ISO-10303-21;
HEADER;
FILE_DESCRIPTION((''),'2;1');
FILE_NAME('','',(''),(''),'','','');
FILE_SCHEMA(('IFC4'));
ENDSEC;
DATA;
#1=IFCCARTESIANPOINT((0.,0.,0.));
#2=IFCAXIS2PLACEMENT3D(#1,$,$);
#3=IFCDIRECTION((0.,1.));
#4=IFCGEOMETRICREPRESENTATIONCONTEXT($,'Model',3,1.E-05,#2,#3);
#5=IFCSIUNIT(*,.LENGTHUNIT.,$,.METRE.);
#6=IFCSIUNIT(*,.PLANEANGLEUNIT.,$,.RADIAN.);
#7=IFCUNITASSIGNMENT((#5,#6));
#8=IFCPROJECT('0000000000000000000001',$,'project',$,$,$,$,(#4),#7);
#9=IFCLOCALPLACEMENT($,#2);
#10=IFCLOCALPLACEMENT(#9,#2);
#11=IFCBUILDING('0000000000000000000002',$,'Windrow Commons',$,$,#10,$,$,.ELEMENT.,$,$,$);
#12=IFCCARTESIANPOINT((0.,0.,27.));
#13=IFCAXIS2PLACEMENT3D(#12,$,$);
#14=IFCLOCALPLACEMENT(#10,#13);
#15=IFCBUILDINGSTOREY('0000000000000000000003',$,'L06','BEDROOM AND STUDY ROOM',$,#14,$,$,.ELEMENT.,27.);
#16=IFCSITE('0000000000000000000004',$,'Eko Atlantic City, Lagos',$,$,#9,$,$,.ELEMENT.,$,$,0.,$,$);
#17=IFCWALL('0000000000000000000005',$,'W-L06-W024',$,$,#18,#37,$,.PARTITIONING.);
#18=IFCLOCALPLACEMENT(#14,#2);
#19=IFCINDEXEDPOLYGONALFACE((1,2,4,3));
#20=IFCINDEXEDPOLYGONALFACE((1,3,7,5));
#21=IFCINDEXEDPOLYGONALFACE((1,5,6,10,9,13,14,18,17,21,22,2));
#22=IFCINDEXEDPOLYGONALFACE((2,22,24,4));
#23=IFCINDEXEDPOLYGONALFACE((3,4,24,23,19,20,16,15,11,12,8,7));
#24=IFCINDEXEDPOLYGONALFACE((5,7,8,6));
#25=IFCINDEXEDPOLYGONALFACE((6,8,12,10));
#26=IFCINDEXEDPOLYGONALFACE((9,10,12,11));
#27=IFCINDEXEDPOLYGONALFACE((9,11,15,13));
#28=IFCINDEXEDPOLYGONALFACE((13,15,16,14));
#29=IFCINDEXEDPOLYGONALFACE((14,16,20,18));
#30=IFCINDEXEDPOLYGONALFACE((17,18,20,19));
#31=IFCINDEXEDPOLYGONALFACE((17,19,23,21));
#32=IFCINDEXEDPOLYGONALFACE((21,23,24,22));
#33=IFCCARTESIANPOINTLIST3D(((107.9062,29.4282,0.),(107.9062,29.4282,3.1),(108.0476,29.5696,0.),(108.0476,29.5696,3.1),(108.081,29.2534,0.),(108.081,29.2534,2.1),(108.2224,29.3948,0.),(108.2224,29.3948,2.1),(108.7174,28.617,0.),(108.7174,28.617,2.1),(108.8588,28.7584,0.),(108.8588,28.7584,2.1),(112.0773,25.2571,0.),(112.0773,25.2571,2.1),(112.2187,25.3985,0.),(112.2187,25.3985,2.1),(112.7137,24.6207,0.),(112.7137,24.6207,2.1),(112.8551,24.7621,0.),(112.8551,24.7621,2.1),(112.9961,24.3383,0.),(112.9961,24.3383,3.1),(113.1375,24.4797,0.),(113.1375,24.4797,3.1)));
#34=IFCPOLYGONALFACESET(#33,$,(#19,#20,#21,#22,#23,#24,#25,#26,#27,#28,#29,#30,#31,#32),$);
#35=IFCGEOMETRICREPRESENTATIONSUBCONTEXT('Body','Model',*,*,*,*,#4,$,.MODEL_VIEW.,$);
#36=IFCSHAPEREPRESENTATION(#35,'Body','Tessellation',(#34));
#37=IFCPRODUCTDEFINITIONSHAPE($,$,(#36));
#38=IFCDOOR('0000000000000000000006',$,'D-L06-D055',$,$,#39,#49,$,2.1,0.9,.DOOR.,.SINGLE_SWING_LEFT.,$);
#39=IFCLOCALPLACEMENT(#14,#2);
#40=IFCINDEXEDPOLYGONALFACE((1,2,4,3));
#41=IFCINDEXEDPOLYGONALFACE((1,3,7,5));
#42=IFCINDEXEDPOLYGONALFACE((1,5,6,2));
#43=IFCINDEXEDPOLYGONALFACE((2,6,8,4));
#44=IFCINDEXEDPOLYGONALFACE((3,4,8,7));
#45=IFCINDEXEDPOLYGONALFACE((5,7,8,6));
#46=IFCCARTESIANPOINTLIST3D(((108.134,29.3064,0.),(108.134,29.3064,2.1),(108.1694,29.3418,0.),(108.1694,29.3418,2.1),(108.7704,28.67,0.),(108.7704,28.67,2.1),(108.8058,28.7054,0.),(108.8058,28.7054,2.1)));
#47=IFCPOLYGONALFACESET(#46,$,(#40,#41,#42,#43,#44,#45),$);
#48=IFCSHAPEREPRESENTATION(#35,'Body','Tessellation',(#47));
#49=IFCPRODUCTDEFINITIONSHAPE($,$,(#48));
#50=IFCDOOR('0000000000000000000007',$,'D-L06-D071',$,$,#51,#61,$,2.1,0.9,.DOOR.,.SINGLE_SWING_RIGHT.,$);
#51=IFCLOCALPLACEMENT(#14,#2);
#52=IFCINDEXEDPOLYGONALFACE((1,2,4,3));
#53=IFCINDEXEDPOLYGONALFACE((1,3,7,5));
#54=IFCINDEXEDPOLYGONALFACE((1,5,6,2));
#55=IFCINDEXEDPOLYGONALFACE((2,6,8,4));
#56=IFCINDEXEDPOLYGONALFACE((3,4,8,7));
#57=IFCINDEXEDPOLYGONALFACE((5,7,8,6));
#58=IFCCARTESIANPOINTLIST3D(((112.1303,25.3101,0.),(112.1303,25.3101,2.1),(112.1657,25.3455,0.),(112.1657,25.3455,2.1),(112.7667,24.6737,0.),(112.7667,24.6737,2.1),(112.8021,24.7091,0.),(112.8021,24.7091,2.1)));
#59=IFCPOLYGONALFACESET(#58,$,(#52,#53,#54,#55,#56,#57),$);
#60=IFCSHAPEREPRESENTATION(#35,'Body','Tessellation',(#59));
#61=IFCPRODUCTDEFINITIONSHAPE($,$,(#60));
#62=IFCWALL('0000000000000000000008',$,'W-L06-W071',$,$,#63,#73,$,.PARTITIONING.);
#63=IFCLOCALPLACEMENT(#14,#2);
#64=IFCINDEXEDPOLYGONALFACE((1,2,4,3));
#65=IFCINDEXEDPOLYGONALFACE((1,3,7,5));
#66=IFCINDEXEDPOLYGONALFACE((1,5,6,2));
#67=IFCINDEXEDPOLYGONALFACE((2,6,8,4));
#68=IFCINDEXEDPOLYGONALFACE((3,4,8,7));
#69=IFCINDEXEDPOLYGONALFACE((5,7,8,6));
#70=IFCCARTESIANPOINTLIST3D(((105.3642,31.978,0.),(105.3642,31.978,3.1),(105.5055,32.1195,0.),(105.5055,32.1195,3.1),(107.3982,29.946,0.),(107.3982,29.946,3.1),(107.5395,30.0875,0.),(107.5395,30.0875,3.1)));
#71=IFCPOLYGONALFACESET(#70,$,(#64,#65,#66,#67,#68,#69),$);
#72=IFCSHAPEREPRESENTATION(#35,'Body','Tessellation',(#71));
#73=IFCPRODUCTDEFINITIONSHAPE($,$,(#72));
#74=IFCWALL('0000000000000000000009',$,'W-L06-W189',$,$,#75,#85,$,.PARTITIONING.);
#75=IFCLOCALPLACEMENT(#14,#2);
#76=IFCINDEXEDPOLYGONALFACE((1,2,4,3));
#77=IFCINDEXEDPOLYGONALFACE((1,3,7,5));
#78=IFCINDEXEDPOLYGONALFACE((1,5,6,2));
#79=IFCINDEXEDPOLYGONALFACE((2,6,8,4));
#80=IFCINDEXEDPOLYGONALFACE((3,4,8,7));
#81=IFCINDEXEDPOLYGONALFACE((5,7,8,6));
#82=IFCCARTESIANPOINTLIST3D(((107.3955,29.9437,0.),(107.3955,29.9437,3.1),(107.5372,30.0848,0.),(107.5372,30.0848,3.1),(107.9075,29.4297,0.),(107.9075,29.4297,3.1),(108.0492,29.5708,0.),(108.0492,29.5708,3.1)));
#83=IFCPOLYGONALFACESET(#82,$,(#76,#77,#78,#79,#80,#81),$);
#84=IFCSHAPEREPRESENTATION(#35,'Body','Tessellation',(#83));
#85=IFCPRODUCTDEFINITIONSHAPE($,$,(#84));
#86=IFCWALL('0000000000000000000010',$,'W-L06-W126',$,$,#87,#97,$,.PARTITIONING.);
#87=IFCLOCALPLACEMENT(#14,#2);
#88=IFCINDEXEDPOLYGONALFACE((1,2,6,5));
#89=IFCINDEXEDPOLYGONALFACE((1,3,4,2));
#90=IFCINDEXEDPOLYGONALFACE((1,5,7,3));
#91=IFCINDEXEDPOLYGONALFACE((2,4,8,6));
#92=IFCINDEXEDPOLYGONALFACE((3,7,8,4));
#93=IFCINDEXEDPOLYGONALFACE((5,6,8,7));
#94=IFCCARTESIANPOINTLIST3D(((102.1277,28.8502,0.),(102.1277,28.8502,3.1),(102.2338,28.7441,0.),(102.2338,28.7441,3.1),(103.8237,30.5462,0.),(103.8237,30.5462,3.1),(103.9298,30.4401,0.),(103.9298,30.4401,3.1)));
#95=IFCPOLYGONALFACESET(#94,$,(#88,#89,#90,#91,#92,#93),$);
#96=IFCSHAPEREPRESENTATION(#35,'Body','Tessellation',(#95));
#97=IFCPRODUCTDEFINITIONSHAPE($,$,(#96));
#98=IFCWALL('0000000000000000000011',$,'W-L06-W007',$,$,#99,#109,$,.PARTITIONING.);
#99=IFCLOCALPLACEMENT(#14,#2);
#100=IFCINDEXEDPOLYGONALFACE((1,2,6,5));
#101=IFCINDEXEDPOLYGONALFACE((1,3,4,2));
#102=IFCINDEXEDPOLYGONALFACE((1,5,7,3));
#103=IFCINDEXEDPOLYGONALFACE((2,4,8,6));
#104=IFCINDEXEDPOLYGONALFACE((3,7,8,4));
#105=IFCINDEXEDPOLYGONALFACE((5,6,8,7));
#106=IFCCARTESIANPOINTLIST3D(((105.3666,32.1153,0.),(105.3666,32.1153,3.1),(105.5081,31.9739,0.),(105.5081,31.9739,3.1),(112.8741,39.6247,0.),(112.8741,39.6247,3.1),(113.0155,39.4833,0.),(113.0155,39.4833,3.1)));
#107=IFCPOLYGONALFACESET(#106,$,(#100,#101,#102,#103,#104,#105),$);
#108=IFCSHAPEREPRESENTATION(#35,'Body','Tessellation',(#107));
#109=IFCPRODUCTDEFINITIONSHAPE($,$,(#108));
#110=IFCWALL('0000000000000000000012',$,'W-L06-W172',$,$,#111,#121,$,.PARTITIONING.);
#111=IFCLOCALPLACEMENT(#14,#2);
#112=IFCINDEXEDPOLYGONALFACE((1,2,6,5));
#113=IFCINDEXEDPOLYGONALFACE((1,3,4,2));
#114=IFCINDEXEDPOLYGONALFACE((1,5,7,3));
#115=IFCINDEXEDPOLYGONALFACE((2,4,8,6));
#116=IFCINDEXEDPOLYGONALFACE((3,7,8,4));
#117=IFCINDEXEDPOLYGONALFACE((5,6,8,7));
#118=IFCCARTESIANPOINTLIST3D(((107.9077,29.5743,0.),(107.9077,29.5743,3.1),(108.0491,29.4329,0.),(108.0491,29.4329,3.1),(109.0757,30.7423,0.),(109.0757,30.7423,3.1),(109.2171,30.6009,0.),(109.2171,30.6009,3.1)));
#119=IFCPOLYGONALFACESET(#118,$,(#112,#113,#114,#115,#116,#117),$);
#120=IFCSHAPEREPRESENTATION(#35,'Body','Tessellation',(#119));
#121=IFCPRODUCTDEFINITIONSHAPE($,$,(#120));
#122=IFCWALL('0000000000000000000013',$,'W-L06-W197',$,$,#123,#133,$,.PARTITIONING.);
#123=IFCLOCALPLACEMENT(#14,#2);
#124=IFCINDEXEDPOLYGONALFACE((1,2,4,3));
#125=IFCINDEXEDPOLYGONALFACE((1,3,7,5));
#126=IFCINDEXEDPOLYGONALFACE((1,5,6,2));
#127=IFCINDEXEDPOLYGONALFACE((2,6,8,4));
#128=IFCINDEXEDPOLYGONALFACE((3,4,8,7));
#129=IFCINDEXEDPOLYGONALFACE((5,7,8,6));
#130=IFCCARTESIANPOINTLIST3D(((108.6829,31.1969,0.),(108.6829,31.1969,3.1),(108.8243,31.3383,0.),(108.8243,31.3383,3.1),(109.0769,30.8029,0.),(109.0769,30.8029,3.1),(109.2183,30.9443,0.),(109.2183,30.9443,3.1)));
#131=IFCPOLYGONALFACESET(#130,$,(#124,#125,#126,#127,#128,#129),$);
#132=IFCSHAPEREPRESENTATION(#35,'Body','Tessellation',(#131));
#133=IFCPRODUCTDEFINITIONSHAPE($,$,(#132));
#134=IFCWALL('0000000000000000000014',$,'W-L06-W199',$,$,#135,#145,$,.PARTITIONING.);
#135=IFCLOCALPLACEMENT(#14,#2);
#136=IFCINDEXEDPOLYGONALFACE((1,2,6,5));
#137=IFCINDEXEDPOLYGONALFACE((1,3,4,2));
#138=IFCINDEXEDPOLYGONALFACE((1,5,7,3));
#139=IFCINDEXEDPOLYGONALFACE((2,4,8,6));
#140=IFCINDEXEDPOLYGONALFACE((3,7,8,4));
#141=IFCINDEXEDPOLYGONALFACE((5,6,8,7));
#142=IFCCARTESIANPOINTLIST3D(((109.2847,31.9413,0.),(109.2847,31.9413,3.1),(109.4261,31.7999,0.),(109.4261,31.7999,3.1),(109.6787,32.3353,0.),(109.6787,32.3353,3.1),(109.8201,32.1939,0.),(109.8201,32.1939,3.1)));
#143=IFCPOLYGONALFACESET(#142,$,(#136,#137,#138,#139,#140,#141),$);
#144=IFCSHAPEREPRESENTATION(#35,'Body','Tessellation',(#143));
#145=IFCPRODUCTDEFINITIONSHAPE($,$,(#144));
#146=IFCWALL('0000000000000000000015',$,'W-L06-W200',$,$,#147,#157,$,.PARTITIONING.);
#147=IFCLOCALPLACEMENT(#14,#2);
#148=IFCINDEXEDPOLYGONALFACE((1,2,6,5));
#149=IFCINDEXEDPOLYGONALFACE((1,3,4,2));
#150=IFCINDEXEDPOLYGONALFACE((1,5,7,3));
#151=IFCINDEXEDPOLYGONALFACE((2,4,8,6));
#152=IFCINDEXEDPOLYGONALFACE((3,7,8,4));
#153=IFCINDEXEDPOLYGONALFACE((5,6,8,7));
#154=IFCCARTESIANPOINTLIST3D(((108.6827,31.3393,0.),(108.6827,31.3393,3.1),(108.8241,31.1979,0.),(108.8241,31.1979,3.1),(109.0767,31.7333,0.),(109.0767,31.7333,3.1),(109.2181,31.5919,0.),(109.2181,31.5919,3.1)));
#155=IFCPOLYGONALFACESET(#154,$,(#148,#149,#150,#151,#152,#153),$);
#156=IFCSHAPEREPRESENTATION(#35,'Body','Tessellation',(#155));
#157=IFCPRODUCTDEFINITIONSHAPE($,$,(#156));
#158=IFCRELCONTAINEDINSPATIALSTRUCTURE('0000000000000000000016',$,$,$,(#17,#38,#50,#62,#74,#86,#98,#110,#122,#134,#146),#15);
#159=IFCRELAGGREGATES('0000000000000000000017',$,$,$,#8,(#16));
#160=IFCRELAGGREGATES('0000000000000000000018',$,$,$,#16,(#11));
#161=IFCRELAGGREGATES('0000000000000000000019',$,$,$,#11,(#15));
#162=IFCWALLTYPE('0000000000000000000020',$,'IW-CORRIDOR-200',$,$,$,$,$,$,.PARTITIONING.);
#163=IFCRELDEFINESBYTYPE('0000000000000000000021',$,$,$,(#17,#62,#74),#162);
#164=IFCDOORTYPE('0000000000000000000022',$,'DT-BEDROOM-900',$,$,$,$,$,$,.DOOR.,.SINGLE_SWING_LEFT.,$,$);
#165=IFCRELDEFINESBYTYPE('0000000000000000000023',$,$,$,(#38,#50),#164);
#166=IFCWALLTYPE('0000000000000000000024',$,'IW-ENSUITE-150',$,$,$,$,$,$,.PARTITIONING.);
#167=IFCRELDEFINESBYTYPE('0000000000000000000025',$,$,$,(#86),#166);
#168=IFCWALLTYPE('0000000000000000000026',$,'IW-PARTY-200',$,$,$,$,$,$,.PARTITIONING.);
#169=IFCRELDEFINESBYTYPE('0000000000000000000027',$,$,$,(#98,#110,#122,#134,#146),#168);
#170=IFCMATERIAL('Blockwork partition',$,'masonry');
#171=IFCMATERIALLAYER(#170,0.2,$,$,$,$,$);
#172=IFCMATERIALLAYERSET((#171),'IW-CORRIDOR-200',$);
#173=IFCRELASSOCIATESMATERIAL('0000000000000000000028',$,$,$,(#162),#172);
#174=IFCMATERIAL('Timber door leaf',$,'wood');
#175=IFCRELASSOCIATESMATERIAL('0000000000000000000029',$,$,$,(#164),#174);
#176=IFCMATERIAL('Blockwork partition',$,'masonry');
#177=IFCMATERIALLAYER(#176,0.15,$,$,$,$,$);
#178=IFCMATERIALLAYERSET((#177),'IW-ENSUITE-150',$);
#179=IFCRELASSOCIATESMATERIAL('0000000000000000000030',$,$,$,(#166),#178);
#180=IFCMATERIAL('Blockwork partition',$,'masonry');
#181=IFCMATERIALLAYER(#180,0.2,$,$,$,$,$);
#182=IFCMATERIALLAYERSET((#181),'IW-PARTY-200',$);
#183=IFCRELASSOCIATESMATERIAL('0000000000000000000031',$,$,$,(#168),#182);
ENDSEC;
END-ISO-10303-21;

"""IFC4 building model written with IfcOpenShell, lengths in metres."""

from ifc_helpers import new_model, si_unit, direction, frame, frame_2d, origin, place, context, subcontext, project, spatial, rectangle, extrude, material, layer, layer_set, type_object, element, fill, save


model = new_model("IFC4")

# Units and contexts
model_context = context("Model", 3, precision=1e-05, world=origin(), true_north=direction((0.0, 1.0)))
body_context = subcontext(model_context, "Body", "Model", "MODEL_VIEW")
ifc_project = project(units=[si_unit("LENGTHUNIT", "METRE"), si_unit("PLANEANGLEUNIT", "RADIAN")], contexts=[model_context])

# Site, building, storey
site_placement = place(None, origin())
site = spatial("IfcSite", under=ifc_project, at=site_placement, Name="Eko Atlantic City, Lagos", CompositionType="ELEMENT", RefElevation=0.0)
building_placement = place(site_placement, origin())
building = spatial("IfcBuilding", under=site, at=building_placement, Name="Windrow Commons", CompositionType="ELEMENT")
storey_placement = place(building_placement, frame((0.0, 0.0, 27.0)))
storey = spatial("IfcBuildingStorey", under=building, at=storey_placement, Name="L06", Description="BEDROOM AND STUDY ROOM", CompositionType="ELEMENT", Elevation=27.0)

# Wall, openings, doors
ifc_material_1 = material(Name="Blockwork partition", Category="masonry")
ifc_layer_1 = layer(ifc_material_1, 0.2)
ifc_layer_set_1 = layer_set([ifc_layer_1], Name="IW-CORRIDOR-200")
wall_type_1 = type_object("IfcWallType", Name="IW-CORRIDOR-200", PredefinedType="PARTITIONING", material=ifc_layer_set_1)
ifc_material_2 = material(Name="Timber door leaf", Category="wood")
door_type = type_object("IfcDoorType", Name="DT-BEDROOM-900", OperationType="SINGLE_SWING_LEFT", PredefinedType="DOOR", material=ifc_material_2)
wall_1_placement = place(storey_placement, frame((107.9769, 29.4989, 0.0), z_axis=(0.0, 0.0, 1.0), x_axis=(0.707107, -0.707107, 0.0)))
wall_1 = element("IfcWall", 1, at=wall_1_placement, inside=storey, type_object=wall_type_1, Name="W-L06-W024", PredefinedType="PARTITIONING", context=body_context, shape_type="SweptSolid", body=[
    extrude(rectangle(XDim=7.1983, YDim=0.2, at=frame_2d((3.5991, 0.0))), origin(), (0.0, 0.0, 1.0), 3.1),
])
opening_1_placement = place(wall_1_placement, frame((0.2472, 0.0, 0.0)))
opening_1 = element("IfcOpeningElement", 2, at=opening_1_placement, cuts=wall_1, PredefinedType="OPENING", context=body_context, shape_type="SweptSolid", body=[
    extrude(rectangle(XDim=0.9, YDim=2.1, at=frame_2d((0.45, 1.05))), frame((0.0, 0.11, 0.0), z_axis=(0.0, -1.0, 0.0), x_axis=(1.0, 0.0, 0.0)), (0.0, 0.0, 1.0), 0.22),
])
opening_2_placement = place(wall_1_placement, frame((5.8988, 0.0, 0.0)))
opening_2 = element("IfcOpeningElement", 3, at=opening_2_placement, cuts=wall_1, PredefinedType="OPENING", context=body_context, shape_type="SweptSolid", body=[
    extrude(rectangle(XDim=0.9, YDim=2.1, at=frame_2d((0.45, 1.05))), frame((0.0, 0.11, 0.0), z_axis=(0.0, -1.0, 0.0), x_axis=(1.0, 0.0, 0.0)), (0.0, 0.0, 1.0), 0.22),
])
door_1_placement = place(opening_1_placement, origin())
door_1 = element("IfcDoor", 4, at=door_1_placement, inside=storey, type_object=door_type, Name="D-L06-D055", OperationType="SINGLE_SWING_LEFT", OverallHeight=2.1, OverallWidth=0.9, PredefinedType="DOOR", context=body_context, shape_type="SweptSolid", body=[
    extrude(rectangle(XDim=0.9, YDim=2.1, at=frame_2d((0.45, 1.05))), frame((0.0, 0.025, 0.0), z_axis=(0.0, -1.0, 0.0), x_axis=(1.0, 0.0, 0.0)), (0.0, 0.0, 1.0), 0.05),
])
fill(opening_1, door_1)
door_2_placement = place(opening_2_placement, origin())
door_2 = element("IfcDoor", 5, at=door_2_placement, inside=storey, type_object=door_type, Name="D-L06-D071", OperationType="SINGLE_SWING_RIGHT", OverallHeight=2.1, OverallWidth=0.9, PredefinedType="DOOR", context=body_context, shape_type="SweptSolid", body=[
    extrude(rectangle(XDim=0.9, YDim=2.1, at=frame_2d((0.45, 1.05))), frame((0.0, 0.025, 0.0), z_axis=(0.0, -1.0, 0.0), x_axis=(1.0, 0.0, 0.0)), (0.0, 0.0, 1.0), 0.05),
])
fill(opening_2, door_2)

# Walls
wall_2_placement = place(storey_placement, frame((105.4348, 32.0488, 0.0), z_axis=(0.0, 0.0, 1.0), x_axis=(0.707455, -0.706759, 0.0)))
element("IfcWall", 6, at=wall_2_placement, inside=storey, type_object=wall_type_1, Name="W-L06-W071", PredefinedType="PARTITIONING", context=body_context, shape_type="SweptSolid", body=[
    extrude(rectangle(XDim=2.8751, YDim=0.2, at=frame_2d((1.4376, 0.0))), origin(), (0.0, 0.0, 1.0), 3.1),
])
wall_3_placement = place(storey_placement, frame((107.4663, 30.0143, 0.0), z_axis=(0.0, 0.0, 1.0), x_axis=(0.705727, -0.708484, 0.0)))
element("IfcWall", 7, at=wall_3_placement, inside=storey, type_object=wall_type_1, Name="W-L06-W189", PredefinedType="PARTITIONING", context=body_context, shape_type="SweptSolid", body=[
    extrude(rectangle(XDim=0.7255, YDim=0.2, at=frame_2d((0.3628, 0.0))), origin(), (0.0, 0.0, 1.0), 3.1),
])
ifc_material_3 = material(Name="Blockwork partition", Category="masonry")
ifc_layer_2 = layer(ifc_material_3, 0.15)
ifc_layer_set_2 = layer_set([ifc_layer_2], Name="IW-ENSUITE-150")
wall_type_2 = type_object("IfcWallType", Name="IW-ENSUITE-150", PredefinedType="PARTITIONING", material=ifc_layer_set_2)
wall_4_placement = place(storey_placement, frame((102.1808, 28.7972, 0.0), z_axis=(0.0, 0.0, 1.0), x_axis=(0.707107, 0.707107, 0.0)))
element("IfcWall", 8, at=wall_4_placement, inside=storey, type_object=wall_type_2, Name="W-L06-W126", PredefinedType="PARTITIONING", context=body_context, shape_type="SweptSolid", body=[
    extrude(rectangle(XDim=2.3985, YDim=0.15, at=frame_2d((1.1992, 0.0))), origin(), (0.0, 0.0, 1.0), 3.1),
])
ifc_material_4 = material(Name="Blockwork partition", Category="masonry")
ifc_layer_3 = layer(ifc_material_4, 0.2)
ifc_layer_set_3 = layer_set([ifc_layer_3], Name="IW-PARTY-200")
wall_type_3 = type_object("IfcWallType", Name="IW-PARTY-200", PredefinedType="PARTITIONING", material=ifc_layer_set_3)
wall_5_placement = place(storey_placement, frame((105.4374, 32.0446, 0.0), z_axis=(0.0, 0.0, 1.0), x_axis=(0.707013, 0.707201, 0.0)))
element("IfcWall", 9, at=wall_5_placement, inside=storey, type_object=wall_type_3, Name="W-L06-W007", PredefinedType="PARTITIONING", context=body_context, shape_type="SweptSolid", body=[
    extrude(rectangle(XDim=10.6185, YDim=0.2, at=frame_2d((5.3092, 0.0))), origin(), (0.0, 0.0, 1.0), 3.1),
])
wall_6_placement = place(storey_placement, frame((107.9784, 29.5036, 0.0), z_axis=(0.0, 0.0, 1.0), x_axis=(0.707107, 0.707107, 0.0)))
element("IfcWall", 10, at=wall_6_placement, inside=storey, type_object=wall_type_3, Name="W-L06-W172", PredefinedType="PARTITIONING", context=body_context, shape_type="SweptSolid", body=[
    extrude(rectangle(XDim=1.6518, YDim=0.2, at=frame_2d((0.8259, 0.0))), origin(), (0.0, 0.0, 1.0), 3.1),
])
for number, where, z_axis, x_axis, name in (
    (11, (108.7536, 31.2676, 0.0), (0.0, 0.0, 1.0), (0.707107, -0.707107, 0.0), "W-L06-W197"),
    (12, (109.3554, 31.8706, 0.0), (0.0, 0.0, 1.0), (0.707107, 0.707107, 0.0), "W-L06-W199"),
    (13, (108.7534, 31.2686, 0.0), (0.0, 0.0, 1.0), (0.707107, 0.707107, 0.0), "W-L06-W200"),
):
    element("IfcWall", number, at=place(storey_placement, frame(where, z_axis=z_axis, x_axis=x_axis)), inside=storey, type_object=wall_type_3, Name=name, PredefinedType="PARTITIONING", context=body_context, shape_type="SweptSolid", body=[
        extrude(rectangle(XDim=0.5572, YDim=0.2, at=frame_2d((0.2786, 0.0))), origin(), (0.0, 0.0, 1.0), 3.1),
    ])

save(model, "model.ifc")
